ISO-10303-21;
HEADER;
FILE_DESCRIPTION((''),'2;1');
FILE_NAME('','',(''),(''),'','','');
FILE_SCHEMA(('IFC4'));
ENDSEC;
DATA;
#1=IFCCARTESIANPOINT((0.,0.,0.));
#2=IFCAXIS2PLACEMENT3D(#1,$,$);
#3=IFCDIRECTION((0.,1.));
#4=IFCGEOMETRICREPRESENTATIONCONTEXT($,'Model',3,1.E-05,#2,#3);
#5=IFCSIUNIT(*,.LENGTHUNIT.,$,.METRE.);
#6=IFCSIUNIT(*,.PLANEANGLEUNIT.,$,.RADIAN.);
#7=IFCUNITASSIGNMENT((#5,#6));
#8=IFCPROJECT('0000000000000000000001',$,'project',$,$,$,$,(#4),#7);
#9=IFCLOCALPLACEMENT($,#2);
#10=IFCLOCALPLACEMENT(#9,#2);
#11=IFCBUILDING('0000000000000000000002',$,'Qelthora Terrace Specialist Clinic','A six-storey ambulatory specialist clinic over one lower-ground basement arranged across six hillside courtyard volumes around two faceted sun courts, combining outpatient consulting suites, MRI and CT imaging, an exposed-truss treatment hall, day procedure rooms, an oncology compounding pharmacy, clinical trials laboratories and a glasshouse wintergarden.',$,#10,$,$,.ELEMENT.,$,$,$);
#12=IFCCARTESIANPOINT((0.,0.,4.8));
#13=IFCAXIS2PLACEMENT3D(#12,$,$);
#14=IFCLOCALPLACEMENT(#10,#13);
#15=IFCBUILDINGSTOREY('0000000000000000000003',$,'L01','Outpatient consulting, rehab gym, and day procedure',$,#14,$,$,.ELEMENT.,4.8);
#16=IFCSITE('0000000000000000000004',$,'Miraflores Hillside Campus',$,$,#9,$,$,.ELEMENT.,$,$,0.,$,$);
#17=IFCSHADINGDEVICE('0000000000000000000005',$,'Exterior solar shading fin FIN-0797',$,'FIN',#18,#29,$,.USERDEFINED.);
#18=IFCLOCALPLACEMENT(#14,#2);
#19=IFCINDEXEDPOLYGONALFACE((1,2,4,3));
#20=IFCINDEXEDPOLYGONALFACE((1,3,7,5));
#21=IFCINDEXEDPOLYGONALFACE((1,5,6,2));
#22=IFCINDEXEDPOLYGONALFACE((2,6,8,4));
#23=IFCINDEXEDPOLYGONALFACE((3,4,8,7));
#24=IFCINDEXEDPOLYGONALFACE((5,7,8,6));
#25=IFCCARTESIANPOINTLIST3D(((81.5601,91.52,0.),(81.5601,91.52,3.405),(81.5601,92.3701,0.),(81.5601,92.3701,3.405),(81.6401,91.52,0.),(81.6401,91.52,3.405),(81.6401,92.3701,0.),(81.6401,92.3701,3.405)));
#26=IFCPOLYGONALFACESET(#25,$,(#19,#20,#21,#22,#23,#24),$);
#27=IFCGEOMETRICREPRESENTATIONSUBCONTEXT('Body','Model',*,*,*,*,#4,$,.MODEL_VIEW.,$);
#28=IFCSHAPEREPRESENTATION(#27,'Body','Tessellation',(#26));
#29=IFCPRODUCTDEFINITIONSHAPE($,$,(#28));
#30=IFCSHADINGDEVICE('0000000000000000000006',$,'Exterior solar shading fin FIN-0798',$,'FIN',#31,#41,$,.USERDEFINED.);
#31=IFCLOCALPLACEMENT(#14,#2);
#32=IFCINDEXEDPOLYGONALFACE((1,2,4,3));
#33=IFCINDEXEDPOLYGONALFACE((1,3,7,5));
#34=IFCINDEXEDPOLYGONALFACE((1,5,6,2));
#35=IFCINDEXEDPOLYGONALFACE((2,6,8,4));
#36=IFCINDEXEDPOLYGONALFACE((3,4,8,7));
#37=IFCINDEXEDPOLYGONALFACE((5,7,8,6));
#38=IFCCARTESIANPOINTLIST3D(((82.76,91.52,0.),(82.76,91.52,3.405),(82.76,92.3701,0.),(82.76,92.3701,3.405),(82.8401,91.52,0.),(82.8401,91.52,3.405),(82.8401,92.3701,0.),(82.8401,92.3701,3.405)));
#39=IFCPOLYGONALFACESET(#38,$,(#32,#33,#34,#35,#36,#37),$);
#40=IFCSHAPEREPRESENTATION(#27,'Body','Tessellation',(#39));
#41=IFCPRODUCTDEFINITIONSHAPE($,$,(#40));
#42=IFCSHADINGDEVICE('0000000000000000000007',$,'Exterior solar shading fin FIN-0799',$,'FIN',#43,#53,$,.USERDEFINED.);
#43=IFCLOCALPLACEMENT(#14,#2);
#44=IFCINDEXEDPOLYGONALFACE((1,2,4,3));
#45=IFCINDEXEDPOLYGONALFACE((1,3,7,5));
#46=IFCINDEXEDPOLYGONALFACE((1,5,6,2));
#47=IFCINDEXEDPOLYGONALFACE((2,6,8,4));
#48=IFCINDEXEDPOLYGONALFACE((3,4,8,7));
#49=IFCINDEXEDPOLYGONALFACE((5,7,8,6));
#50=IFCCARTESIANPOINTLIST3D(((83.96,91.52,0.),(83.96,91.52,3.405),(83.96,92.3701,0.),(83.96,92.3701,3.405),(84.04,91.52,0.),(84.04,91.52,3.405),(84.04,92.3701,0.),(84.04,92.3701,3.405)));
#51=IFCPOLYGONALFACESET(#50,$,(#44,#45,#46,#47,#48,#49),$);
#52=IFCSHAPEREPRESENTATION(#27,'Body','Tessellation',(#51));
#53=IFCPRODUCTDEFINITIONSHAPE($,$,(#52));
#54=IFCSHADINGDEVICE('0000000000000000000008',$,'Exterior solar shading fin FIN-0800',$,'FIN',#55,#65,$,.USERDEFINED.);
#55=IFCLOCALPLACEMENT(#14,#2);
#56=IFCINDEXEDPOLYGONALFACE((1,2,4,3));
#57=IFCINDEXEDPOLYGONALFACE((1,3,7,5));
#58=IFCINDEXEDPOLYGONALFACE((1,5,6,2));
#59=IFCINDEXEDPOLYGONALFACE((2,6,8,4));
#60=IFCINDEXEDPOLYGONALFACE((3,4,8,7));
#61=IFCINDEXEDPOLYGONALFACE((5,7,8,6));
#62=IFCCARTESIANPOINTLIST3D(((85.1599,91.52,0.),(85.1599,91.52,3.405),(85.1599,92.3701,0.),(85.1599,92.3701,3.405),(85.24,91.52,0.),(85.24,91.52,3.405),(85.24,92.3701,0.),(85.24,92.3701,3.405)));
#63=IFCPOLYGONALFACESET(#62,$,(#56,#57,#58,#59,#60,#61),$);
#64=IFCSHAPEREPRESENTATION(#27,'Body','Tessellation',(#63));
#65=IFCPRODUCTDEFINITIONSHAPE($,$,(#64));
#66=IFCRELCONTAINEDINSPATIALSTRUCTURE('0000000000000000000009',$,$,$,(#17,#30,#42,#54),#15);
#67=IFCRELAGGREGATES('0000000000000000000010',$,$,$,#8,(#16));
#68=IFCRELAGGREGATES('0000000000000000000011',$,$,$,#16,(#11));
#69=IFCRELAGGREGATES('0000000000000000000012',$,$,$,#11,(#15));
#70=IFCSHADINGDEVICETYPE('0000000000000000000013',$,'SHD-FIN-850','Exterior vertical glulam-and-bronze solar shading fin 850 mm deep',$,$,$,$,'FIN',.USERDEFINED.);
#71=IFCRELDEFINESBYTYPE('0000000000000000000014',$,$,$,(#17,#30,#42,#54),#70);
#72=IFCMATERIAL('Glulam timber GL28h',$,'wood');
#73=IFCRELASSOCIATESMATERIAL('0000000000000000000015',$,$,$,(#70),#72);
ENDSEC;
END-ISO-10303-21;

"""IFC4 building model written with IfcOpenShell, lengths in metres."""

from ifc_helpers import new_model, si_unit, direction, frame, origin, origin_2d, place, context, subcontext, project, spatial, rectangle, extrude, material, type_object, element, save


model = new_model("IFC4")

# Units and contexts
model_context = context("Model", 3, precision=1e-05, world=origin(), true_north=direction((0.0, 1.0)))
body_context = subcontext(model_context, "Body", "Model", "MODEL_VIEW")
ifc_project = project(units=[si_unit("LENGTHUNIT", "METRE"), si_unit("PLANEANGLEUNIT", "RADIAN")], contexts=[model_context])

# Site, building, storey
site_placement = place(None, origin())
site = spatial("IfcSite", under=ifc_project, at=site_placement, Name="Miraflores Hillside Campus", CompositionType="ELEMENT", RefElevation=0.0)
building_placement = place(site_placement, origin())
building = spatial("IfcBuilding", under=site, at=building_placement, Name="Qelthora Terrace Specialist Clinic", Description="A six-storey ambulatory specialist clinic over one lower-ground basement arranged across six hillside courtyard volumes around two faceted sun courts, combining outpatient consulting suites, MRI and CT imaging, an exposed-truss treatment hall, day procedure rooms, an oncology compounding pharmacy, clinical trials laboratories and a glasshouse wintergarden.", CompositionType="ELEMENT")
storey_placement = place(building_placement, frame((0.0, 0.0, 4.8)))
storey = spatial("IfcBuildingStorey", under=building, at=storey_placement, Name="L01", Description="Outpatient consulting, rehab gym, and day procedure", CompositionType="ELEMENT", Elevation=4.8)

# Shading devices
ifc_material_1 = material(Name="Glulam timber GL28h", Category="wood")
shading_device_type = type_object("IfcShadingDeviceType", Name="SHD-FIN-850", Description="Exterior vertical glulam-and-bronze solar shading fin 850 mm deep", ElementType="FIN", PredefinedType="USERDEFINED", material=ifc_material_1)
for number, where, z_axis, x_axis, name in (
    (1, (81.6001, 91.9451, 0.0), (0.0, 0.0, 1.0), (0.0, -1.0, 0.0), "Exterior solar shading fin FIN-0797"),
    (2, (82.8, 91.9451, 0.0), (0.0, 0.0, 1.0), (0.0, -1.0, 0.0), "Exterior solar shading fin FIN-0798"),
    (3, (84.0, 91.9451, 0.0), (0.0, 0.0, 1.0), (0.0, -1.0, 0.0), "Exterior solar shading fin FIN-0799"),
    (4, (85.2, 91.9451, 0.0), (0.0, 0.0, 1.0), (0.0, -1.0, 0.0), "Exterior solar shading fin FIN-0800"),
):
    element("IfcShadingDevice", number, at=place(storey_placement, frame(where, z_axis=z_axis, x_axis=x_axis)), inside=storey, type_object=shading_device_type, Name=name, ObjectType="FIN", PredefinedType="USERDEFINED", context=body_context, shape_type="SweptSolid", body=[
        extrude(rectangle(XDim=0.8501, YDim=0.0801, at=origin_2d()), origin(), (0.0, 0.0, 1.0), 3.405),
    ])

save(model, "model.ifc")
